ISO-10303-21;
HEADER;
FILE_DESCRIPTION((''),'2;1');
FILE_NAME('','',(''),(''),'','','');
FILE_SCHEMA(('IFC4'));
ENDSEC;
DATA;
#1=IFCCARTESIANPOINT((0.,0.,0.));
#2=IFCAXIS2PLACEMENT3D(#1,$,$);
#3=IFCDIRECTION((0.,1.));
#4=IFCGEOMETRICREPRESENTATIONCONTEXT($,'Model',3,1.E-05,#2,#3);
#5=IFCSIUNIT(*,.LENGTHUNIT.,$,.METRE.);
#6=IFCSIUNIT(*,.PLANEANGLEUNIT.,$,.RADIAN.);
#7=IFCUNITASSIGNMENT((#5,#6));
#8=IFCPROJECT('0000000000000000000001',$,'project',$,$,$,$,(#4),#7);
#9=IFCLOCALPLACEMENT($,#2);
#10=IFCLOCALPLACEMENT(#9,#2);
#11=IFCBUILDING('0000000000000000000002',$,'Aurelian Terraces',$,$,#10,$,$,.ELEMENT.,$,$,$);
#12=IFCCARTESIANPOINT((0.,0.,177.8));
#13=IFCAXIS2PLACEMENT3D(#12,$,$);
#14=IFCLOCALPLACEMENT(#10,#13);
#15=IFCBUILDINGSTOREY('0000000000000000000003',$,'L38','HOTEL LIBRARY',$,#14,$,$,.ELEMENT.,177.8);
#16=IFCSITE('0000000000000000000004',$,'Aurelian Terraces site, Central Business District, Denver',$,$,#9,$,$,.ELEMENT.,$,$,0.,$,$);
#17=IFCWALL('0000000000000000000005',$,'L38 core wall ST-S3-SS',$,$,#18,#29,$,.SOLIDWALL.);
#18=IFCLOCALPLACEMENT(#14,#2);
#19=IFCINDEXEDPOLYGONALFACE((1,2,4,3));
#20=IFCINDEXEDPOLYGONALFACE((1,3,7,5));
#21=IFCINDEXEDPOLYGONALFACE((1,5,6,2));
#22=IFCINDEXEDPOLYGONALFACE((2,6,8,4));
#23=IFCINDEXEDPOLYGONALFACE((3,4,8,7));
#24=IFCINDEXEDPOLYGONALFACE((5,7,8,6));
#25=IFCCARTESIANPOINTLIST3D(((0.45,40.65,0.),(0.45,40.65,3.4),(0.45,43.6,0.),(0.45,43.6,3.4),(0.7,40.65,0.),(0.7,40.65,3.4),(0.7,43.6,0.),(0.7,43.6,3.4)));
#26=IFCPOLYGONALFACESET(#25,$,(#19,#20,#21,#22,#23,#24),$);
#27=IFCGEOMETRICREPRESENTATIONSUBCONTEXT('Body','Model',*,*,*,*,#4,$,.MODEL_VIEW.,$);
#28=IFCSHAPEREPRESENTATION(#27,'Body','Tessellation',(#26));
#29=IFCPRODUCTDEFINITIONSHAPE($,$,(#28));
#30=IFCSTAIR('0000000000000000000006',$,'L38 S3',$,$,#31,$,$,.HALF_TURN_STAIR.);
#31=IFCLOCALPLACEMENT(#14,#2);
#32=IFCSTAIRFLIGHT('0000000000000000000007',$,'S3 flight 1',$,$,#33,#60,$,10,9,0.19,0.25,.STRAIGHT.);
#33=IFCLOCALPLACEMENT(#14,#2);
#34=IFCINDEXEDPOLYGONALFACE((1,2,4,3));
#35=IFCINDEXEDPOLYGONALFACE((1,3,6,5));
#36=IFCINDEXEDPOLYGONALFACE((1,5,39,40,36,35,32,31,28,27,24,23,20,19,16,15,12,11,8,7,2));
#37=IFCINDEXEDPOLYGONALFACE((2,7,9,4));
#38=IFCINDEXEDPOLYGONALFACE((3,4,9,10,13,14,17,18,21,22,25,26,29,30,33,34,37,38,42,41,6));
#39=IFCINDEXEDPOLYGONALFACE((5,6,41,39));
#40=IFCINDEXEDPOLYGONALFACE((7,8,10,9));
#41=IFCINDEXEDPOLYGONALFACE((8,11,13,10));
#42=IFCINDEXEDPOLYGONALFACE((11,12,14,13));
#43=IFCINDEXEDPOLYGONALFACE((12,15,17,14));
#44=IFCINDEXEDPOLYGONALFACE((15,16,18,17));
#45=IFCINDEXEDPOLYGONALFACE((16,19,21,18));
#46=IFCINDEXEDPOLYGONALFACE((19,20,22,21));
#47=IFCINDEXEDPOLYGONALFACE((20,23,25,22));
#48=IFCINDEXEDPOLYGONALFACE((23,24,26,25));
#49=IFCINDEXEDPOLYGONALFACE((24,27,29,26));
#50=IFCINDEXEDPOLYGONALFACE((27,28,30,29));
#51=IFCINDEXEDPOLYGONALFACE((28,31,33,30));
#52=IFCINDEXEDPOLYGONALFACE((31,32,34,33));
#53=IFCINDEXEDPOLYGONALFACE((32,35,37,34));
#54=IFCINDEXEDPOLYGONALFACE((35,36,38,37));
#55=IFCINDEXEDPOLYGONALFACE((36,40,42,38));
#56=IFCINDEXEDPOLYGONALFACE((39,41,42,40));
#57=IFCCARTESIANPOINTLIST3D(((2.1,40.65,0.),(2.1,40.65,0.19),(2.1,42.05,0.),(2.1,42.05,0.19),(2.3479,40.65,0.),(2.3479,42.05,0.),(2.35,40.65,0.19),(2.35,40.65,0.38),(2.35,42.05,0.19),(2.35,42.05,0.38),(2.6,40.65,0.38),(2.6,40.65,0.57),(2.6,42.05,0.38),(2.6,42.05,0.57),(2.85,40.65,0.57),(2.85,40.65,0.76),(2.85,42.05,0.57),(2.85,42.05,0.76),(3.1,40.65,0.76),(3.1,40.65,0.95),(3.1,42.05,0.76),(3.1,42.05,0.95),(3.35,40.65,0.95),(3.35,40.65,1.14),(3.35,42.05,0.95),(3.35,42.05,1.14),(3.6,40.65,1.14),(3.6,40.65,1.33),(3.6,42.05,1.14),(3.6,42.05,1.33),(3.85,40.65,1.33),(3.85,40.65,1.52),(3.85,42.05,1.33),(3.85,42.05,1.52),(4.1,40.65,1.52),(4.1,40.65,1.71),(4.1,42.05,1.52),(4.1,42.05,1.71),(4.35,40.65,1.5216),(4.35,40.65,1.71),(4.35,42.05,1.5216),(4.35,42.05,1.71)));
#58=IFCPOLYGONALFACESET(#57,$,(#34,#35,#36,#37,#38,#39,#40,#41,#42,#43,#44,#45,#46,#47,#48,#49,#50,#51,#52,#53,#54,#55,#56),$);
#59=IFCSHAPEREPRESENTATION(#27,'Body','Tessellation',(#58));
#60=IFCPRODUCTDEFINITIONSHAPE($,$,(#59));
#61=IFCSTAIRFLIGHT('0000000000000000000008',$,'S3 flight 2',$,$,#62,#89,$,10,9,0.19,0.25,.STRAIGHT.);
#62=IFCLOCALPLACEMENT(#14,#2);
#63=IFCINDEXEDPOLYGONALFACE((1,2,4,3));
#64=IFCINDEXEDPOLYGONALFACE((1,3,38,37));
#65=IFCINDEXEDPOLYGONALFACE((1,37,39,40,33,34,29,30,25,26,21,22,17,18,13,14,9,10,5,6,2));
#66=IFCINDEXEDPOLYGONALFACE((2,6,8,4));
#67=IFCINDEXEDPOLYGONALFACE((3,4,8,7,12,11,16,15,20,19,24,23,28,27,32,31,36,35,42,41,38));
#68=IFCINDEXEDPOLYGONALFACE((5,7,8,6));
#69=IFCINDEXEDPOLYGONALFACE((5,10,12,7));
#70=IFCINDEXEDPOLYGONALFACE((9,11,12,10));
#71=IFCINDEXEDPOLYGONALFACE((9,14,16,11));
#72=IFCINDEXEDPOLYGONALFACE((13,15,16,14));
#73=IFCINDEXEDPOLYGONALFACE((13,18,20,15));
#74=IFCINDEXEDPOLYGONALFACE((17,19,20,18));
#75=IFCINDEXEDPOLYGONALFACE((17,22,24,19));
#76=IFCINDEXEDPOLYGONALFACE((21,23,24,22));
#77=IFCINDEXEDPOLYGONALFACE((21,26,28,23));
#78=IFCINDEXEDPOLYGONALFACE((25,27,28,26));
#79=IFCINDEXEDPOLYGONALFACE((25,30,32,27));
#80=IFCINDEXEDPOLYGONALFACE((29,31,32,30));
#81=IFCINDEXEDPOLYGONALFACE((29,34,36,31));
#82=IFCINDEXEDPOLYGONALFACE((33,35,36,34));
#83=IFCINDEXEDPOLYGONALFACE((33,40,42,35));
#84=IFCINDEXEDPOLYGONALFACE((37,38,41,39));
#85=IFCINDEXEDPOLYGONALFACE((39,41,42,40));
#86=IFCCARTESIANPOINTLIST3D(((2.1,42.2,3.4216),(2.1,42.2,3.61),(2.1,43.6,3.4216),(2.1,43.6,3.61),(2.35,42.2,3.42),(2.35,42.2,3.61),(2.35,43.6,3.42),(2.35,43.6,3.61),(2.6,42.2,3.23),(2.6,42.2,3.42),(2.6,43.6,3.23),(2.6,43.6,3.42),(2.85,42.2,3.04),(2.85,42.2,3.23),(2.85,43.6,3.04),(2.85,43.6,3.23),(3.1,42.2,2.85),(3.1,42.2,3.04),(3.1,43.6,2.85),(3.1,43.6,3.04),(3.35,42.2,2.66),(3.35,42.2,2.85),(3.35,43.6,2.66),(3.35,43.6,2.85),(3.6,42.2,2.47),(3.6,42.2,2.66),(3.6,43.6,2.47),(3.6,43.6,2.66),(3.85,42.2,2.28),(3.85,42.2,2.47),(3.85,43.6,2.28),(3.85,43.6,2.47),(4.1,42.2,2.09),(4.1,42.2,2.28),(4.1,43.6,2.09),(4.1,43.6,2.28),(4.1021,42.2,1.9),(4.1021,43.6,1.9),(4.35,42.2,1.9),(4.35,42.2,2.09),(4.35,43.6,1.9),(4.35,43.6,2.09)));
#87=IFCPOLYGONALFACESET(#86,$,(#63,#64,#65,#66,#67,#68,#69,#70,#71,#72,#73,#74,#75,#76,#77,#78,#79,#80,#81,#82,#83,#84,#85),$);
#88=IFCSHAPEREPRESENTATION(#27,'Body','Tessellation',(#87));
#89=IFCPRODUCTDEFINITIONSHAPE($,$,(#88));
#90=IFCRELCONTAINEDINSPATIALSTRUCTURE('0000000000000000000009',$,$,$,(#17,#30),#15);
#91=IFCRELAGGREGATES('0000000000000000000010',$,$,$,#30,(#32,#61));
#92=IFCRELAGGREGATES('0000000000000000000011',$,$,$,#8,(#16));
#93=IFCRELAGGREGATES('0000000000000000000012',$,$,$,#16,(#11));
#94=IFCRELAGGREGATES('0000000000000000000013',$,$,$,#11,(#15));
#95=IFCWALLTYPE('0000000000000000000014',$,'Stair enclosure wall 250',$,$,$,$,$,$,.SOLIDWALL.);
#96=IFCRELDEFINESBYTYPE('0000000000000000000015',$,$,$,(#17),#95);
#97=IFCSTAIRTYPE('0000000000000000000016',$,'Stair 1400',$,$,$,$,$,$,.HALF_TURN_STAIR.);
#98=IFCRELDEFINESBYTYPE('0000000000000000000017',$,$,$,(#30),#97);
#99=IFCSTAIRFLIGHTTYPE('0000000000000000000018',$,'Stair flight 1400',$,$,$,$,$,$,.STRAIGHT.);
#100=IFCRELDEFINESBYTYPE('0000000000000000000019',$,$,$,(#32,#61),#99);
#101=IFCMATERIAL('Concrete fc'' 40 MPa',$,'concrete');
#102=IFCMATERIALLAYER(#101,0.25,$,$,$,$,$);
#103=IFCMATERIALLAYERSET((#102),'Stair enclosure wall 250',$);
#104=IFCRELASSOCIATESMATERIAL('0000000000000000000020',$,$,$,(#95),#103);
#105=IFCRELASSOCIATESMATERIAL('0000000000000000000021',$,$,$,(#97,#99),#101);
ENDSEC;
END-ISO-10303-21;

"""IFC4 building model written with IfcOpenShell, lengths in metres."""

from ifc_helpers import new_model, si_unit, direction, frame, frame_2d, origin, place, context, subcontext, project, spatial, polyline, rectangle, outline, extrude, source, transform, mapped, material, layer, layer_set, type_object, element, aggregate, save


model = new_model("IFC4")

# Units and contexts
model_context = context("Model", 3, precision=1e-05, world=origin(), true_north=direction((0.0, 1.0)))
body_context = subcontext(model_context, "Body", "Model", "MODEL_VIEW")
ifc_project = project(units=[si_unit("LENGTHUNIT", "METRE"), si_unit("PLANEANGLEUNIT", "RADIAN")], contexts=[model_context])

# Site, building, storey
site_placement = place(None, origin())
site = spatial("IfcSite", under=ifc_project, at=site_placement, Name="Aurelian Terraces site, Central Business District, Denver", CompositionType="ELEMENT", RefElevation=0.0)
building_placement = place(site_placement, origin())
building = spatial("IfcBuilding", under=site, at=building_placement, Name="Aurelian Terraces", CompositionType="ELEMENT")
storey_placement = place(building_placement, frame((0.0, 0.0, 177.8)))
storey = spatial("IfcBuildingStorey", under=building, at=storey_placement, Name="L38", Description="HOTEL LIBRARY", CompositionType="ELEMENT", Elevation=177.8)

# Shared definitions
ifc_material_1 = material(Name="Concrete fc' 40 MPa", Category="concrete")
ifc_layer_1 = layer(ifc_material_1, 0.25)
ifc_layer_set_1 = layer_set([ifc_layer_1], Name="Stair enclosure wall 250")
wall_type_1 = type_object("IfcWallType", Name="Stair enclosure wall 250", PredefinedType="SOLIDWALL", material=ifc_layer_set_1)

# Wall
shared_shape_1 = source(origin(), body_context, "Body", "SweptSolid", [
    extrude(rectangle(XDim=2.95, YDim=0.25, at=frame_2d((1.475, 0.0))), origin(), (0.0, 0.0, 1.0), 3.4),
])
wall_1_placement = place(storey_placement, frame((0.575, 40.65, 0.0), z_axis=(0.0, 0.0, 1.0), x_axis=(0.0, 1.0, 0.0)))
element("IfcWall", 1, at=wall_1_placement, inside=storey, type_object=wall_type_1, Name="L38 core wall ST-S3-SS", PredefinedType="SOLIDWALL", context=body_context, shape_type="MappedRepresentation", body=[
    mapped(shared_shape_1, transform((0.0, 0.0, 0.0), scale=1.0)),
])

# Stair, stair flights
stair_type = type_object("IfcStairType", Name="Stair 1400", PredefinedType="HALF_TURN_STAIR", material=ifc_material_1)
stair_placement = place(storey_placement, origin())
stair = element("IfcStair", 2, at=stair_placement, inside=storey, type_object=stair_type, Name="L38 S3", PredefinedType="HALF_TURN_STAIR")
stair_flight_type = type_object("IfcStairFlightType", Name="Stair flight 1400", PredefinedType="STRAIGHT", material=ifc_material_1)
shared_shape_2 = source(origin(), body_context, "Body", "SweptSolid", [
    extrude(outline(polyline([(0.0, 0.0), (0.0, 0.19), (0.25, 0.19), (0.25, 0.38), (0.5, 0.38), (0.5, 0.57), (0.75, 0.57), (0.75, 0.76), (1.0, 0.76), (1.0, 0.95), (1.25, 0.95), (1.25, 1.14), (1.5, 1.14), (1.5, 1.33), (1.75, 1.33), (1.75, 1.52), (2.0, 1.52), (2.0, 1.71), (2.25, 1.71), (2.25, 1.9), (2.25, 1.5216), (0.2479, 0.0), (0.0, 0.0)])), frame((0.0, 0.7, 0.0), z_axis=(0.0, -1.0, 0.0), x_axis=(1.0, 0.0, 0.0)), (0.0, 0.0, 1.0), 1.4),
])
stair_flight_1_placement = place(storey_placement, frame((2.1, 41.35, 0.0), z_axis=(0.0, 0.0, 1.0), x_axis=(1.0, 0.0, 0.0)))
stair_flight_1 = element("IfcStairFlight", 3, at=stair_flight_1_placement, type_object=stair_flight_type, Name="S3 flight 1", NumberOfRisers=10, NumberOfTreads=9, PredefinedType="STRAIGHT", RiserHeight=0.19, TreadLength=0.25, context=body_context, shape_type="MappedRepresentation", body=[
    mapped(shared_shape_2, transform((0.0, 0.0, 0.0), scale=1.0)),
])
stair_flight_2_placement = place(storey_placement, frame((4.35, 42.9, 1.9), z_axis=(0.0, 0.0, 1.0), x_axis=(-1.0, 0.0, 0.0)))
stair_flight_2 = element("IfcStairFlight", 4, at=stair_flight_2_placement, type_object=stair_flight_type, Name="S3 flight 2", NumberOfRisers=10, NumberOfTreads=9, PredefinedType="STRAIGHT", RiserHeight=0.19, TreadLength=0.25, context=body_context, shape_type="MappedRepresentation", body=[
    mapped(shared_shape_2, transform((0.0, 0.0, 0.0), scale=1.0)),
])
aggregate(stair, [stair_flight_1, stair_flight_2])

save(model, "model.ifc")
